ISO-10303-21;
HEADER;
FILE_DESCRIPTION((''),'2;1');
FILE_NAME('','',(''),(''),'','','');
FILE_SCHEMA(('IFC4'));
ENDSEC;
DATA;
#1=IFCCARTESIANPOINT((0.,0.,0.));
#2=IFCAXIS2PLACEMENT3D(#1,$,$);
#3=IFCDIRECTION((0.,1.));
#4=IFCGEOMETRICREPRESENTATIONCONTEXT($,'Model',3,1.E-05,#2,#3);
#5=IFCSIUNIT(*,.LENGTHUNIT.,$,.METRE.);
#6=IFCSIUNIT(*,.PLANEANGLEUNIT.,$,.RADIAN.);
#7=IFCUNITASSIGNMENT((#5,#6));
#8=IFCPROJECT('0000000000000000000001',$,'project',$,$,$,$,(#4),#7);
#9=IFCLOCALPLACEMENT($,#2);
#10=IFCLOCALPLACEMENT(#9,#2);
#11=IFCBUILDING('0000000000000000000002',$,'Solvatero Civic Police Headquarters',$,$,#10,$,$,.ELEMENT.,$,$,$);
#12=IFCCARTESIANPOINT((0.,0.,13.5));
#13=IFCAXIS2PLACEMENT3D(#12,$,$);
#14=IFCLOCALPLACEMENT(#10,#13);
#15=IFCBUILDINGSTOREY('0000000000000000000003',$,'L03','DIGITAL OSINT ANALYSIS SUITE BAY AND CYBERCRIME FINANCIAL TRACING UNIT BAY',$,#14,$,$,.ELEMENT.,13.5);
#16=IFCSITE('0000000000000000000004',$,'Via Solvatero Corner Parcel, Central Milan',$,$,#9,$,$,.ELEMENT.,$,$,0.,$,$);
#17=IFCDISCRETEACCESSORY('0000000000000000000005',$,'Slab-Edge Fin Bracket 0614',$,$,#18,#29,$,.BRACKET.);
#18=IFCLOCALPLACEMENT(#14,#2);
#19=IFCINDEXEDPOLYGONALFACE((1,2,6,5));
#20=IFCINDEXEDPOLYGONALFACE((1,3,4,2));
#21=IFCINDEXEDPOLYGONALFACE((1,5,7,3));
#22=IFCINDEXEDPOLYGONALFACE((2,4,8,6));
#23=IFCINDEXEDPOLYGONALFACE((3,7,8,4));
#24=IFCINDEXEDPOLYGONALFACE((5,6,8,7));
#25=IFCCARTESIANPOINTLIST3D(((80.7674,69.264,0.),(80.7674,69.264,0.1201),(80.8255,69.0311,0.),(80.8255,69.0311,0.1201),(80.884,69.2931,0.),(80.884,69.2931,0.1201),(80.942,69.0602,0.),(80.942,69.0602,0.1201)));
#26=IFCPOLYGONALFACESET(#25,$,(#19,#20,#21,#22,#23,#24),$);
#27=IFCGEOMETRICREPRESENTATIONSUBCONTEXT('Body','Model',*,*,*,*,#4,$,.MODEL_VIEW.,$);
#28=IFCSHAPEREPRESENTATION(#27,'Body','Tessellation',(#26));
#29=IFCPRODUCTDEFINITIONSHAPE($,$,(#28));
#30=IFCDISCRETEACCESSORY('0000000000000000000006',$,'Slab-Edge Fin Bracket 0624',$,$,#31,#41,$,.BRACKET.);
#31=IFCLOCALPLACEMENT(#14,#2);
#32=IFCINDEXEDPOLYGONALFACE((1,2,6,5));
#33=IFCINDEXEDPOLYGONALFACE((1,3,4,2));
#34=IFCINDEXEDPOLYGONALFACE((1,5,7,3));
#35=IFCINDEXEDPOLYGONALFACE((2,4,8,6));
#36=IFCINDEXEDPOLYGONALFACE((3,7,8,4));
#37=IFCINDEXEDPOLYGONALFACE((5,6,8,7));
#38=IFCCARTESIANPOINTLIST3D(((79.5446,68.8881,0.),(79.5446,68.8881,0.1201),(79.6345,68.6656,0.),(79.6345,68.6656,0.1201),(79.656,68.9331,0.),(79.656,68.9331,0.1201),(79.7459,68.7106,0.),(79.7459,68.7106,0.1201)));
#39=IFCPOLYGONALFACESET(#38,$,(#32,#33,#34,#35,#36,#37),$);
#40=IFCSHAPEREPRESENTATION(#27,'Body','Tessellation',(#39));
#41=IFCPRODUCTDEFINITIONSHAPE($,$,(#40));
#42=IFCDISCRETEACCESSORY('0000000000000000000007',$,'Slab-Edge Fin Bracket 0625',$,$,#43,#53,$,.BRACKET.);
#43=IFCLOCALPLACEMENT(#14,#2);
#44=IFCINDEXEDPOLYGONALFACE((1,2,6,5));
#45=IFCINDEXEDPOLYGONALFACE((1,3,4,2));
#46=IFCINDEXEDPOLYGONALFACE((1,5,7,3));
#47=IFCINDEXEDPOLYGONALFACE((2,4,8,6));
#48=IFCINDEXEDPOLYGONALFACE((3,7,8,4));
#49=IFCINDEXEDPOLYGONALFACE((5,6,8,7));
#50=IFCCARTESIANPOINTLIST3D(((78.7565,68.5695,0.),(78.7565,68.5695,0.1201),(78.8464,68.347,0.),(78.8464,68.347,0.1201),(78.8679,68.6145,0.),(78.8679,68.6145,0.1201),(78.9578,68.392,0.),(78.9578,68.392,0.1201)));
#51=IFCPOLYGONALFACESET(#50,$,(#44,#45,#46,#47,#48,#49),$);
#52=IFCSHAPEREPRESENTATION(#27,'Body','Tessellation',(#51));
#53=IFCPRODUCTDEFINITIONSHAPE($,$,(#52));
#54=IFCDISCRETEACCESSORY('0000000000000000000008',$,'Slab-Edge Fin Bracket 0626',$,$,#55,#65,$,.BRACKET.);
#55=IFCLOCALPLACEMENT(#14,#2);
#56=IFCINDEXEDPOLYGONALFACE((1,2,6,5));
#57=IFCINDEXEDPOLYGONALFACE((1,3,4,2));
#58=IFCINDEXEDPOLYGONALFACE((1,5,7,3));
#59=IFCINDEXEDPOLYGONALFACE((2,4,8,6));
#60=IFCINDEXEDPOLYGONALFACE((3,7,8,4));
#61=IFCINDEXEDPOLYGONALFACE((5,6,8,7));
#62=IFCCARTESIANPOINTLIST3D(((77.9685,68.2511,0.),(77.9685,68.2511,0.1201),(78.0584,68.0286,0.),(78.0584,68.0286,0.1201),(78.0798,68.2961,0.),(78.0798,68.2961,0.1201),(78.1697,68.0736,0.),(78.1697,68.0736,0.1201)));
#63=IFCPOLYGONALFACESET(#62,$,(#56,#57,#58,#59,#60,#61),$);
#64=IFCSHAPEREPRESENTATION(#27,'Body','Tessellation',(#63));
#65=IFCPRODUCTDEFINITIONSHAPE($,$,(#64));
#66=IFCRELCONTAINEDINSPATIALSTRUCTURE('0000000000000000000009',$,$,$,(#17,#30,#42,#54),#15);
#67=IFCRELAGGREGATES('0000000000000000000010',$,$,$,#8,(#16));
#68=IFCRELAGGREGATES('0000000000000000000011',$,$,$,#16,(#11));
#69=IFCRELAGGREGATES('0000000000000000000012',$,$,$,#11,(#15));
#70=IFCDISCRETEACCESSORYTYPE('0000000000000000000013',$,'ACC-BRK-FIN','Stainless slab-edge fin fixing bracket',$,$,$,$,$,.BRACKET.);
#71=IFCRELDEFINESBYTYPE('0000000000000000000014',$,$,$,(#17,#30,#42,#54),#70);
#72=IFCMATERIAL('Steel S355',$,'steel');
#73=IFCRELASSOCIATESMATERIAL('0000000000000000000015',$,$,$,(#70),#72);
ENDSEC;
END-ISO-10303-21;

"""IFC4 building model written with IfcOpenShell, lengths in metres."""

from ifc_helpers import new_model, si_unit, direction, frame, origin, origin_2d, place, context, subcontext, project, spatial, rectangle, extrude, material, type_object, element, save


model = new_model("IFC4")

# Units and contexts
model_context = context("Model", 3, precision=1e-05, world=origin(), true_north=direction((0.0, 1.0)))
body_context = subcontext(model_context, "Body", "Model", "MODEL_VIEW")
ifc_project = project(units=[si_unit("LENGTHUNIT", "METRE"), si_unit("PLANEANGLEUNIT", "RADIAN")], contexts=[model_context])

# Site, building, storey
site_placement = place(None, origin())
site = spatial("IfcSite", under=ifc_project, at=site_placement, Name="Via Solvatero Corner Parcel, Central Milan", CompositionType="ELEMENT", RefElevation=0.0)
building_placement = place(site_placement, origin())
building = spatial("IfcBuilding", under=site, at=building_placement, Name="Solvatero Civic Police Headquarters", CompositionType="ELEMENT")
storey_placement = place(building_placement, frame((0.0, 0.0, 13.5)))
storey = spatial("IfcBuildingStorey", under=building, at=storey_placement, Name="L03", Description="DIGITAL OSINT ANALYSIS SUITE BAY AND CYBERCRIME FINANCIAL TRACING UNIT BAY", CompositionType="ELEMENT", Elevation=13.5)

# Shared definitions
ifc_material_1 = material(Name="Steel S355", Category="steel")

# Discrete accessories
discrete_accessory_type = type_object("IfcDiscreteAccessoryType", Name="ACC-BRK-FIN", Description="Stainless slab-edge fin fixing bracket", PredefinedType="BRACKET", material=ifc_material_1)
for number, where, z_axis, x_axis, name in (
    (1, (80.8547, 69.1621, 0.0), (0.0, 0.0, 1.0), (-0.9703, -0.241905, 0.0), "Slab-Edge Fin Bracket 0614"),
    (2, (79.6453, 68.7993, 0.0), (0.0, 0.0, 1.0), (-0.927184, -0.374607, 0.0), "Slab-Edge Fin Bracket 0624"),
    (3, (78.8572, 68.4807, 0.0), (0.0, 0.0, 1.0), (-0.927184, -0.374607, 0.0), "Slab-Edge Fin Bracket 0625"),
    (4, (78.0691, 68.1624, 0.0), (0.0, 0.0, 1.0), (-0.927184, -0.374607, 0.0), "Slab-Edge Fin Bracket 0626"),
):
    element("IfcDiscreteAccessory", number, at=place(storey_placement, frame(where, z_axis=z_axis, x_axis=x_axis)), inside=storey, type_object=discrete_accessory_type, Name=name, PredefinedType="BRACKET", context=body_context, shape_type="SweptSolid", body=[
        extrude(rectangle(XDim=0.1201, YDim=0.24, at=origin_2d()), origin(), (0.0, 0.0, 1.0), 0.1201),
    ])

save(model, "model.ifc")
